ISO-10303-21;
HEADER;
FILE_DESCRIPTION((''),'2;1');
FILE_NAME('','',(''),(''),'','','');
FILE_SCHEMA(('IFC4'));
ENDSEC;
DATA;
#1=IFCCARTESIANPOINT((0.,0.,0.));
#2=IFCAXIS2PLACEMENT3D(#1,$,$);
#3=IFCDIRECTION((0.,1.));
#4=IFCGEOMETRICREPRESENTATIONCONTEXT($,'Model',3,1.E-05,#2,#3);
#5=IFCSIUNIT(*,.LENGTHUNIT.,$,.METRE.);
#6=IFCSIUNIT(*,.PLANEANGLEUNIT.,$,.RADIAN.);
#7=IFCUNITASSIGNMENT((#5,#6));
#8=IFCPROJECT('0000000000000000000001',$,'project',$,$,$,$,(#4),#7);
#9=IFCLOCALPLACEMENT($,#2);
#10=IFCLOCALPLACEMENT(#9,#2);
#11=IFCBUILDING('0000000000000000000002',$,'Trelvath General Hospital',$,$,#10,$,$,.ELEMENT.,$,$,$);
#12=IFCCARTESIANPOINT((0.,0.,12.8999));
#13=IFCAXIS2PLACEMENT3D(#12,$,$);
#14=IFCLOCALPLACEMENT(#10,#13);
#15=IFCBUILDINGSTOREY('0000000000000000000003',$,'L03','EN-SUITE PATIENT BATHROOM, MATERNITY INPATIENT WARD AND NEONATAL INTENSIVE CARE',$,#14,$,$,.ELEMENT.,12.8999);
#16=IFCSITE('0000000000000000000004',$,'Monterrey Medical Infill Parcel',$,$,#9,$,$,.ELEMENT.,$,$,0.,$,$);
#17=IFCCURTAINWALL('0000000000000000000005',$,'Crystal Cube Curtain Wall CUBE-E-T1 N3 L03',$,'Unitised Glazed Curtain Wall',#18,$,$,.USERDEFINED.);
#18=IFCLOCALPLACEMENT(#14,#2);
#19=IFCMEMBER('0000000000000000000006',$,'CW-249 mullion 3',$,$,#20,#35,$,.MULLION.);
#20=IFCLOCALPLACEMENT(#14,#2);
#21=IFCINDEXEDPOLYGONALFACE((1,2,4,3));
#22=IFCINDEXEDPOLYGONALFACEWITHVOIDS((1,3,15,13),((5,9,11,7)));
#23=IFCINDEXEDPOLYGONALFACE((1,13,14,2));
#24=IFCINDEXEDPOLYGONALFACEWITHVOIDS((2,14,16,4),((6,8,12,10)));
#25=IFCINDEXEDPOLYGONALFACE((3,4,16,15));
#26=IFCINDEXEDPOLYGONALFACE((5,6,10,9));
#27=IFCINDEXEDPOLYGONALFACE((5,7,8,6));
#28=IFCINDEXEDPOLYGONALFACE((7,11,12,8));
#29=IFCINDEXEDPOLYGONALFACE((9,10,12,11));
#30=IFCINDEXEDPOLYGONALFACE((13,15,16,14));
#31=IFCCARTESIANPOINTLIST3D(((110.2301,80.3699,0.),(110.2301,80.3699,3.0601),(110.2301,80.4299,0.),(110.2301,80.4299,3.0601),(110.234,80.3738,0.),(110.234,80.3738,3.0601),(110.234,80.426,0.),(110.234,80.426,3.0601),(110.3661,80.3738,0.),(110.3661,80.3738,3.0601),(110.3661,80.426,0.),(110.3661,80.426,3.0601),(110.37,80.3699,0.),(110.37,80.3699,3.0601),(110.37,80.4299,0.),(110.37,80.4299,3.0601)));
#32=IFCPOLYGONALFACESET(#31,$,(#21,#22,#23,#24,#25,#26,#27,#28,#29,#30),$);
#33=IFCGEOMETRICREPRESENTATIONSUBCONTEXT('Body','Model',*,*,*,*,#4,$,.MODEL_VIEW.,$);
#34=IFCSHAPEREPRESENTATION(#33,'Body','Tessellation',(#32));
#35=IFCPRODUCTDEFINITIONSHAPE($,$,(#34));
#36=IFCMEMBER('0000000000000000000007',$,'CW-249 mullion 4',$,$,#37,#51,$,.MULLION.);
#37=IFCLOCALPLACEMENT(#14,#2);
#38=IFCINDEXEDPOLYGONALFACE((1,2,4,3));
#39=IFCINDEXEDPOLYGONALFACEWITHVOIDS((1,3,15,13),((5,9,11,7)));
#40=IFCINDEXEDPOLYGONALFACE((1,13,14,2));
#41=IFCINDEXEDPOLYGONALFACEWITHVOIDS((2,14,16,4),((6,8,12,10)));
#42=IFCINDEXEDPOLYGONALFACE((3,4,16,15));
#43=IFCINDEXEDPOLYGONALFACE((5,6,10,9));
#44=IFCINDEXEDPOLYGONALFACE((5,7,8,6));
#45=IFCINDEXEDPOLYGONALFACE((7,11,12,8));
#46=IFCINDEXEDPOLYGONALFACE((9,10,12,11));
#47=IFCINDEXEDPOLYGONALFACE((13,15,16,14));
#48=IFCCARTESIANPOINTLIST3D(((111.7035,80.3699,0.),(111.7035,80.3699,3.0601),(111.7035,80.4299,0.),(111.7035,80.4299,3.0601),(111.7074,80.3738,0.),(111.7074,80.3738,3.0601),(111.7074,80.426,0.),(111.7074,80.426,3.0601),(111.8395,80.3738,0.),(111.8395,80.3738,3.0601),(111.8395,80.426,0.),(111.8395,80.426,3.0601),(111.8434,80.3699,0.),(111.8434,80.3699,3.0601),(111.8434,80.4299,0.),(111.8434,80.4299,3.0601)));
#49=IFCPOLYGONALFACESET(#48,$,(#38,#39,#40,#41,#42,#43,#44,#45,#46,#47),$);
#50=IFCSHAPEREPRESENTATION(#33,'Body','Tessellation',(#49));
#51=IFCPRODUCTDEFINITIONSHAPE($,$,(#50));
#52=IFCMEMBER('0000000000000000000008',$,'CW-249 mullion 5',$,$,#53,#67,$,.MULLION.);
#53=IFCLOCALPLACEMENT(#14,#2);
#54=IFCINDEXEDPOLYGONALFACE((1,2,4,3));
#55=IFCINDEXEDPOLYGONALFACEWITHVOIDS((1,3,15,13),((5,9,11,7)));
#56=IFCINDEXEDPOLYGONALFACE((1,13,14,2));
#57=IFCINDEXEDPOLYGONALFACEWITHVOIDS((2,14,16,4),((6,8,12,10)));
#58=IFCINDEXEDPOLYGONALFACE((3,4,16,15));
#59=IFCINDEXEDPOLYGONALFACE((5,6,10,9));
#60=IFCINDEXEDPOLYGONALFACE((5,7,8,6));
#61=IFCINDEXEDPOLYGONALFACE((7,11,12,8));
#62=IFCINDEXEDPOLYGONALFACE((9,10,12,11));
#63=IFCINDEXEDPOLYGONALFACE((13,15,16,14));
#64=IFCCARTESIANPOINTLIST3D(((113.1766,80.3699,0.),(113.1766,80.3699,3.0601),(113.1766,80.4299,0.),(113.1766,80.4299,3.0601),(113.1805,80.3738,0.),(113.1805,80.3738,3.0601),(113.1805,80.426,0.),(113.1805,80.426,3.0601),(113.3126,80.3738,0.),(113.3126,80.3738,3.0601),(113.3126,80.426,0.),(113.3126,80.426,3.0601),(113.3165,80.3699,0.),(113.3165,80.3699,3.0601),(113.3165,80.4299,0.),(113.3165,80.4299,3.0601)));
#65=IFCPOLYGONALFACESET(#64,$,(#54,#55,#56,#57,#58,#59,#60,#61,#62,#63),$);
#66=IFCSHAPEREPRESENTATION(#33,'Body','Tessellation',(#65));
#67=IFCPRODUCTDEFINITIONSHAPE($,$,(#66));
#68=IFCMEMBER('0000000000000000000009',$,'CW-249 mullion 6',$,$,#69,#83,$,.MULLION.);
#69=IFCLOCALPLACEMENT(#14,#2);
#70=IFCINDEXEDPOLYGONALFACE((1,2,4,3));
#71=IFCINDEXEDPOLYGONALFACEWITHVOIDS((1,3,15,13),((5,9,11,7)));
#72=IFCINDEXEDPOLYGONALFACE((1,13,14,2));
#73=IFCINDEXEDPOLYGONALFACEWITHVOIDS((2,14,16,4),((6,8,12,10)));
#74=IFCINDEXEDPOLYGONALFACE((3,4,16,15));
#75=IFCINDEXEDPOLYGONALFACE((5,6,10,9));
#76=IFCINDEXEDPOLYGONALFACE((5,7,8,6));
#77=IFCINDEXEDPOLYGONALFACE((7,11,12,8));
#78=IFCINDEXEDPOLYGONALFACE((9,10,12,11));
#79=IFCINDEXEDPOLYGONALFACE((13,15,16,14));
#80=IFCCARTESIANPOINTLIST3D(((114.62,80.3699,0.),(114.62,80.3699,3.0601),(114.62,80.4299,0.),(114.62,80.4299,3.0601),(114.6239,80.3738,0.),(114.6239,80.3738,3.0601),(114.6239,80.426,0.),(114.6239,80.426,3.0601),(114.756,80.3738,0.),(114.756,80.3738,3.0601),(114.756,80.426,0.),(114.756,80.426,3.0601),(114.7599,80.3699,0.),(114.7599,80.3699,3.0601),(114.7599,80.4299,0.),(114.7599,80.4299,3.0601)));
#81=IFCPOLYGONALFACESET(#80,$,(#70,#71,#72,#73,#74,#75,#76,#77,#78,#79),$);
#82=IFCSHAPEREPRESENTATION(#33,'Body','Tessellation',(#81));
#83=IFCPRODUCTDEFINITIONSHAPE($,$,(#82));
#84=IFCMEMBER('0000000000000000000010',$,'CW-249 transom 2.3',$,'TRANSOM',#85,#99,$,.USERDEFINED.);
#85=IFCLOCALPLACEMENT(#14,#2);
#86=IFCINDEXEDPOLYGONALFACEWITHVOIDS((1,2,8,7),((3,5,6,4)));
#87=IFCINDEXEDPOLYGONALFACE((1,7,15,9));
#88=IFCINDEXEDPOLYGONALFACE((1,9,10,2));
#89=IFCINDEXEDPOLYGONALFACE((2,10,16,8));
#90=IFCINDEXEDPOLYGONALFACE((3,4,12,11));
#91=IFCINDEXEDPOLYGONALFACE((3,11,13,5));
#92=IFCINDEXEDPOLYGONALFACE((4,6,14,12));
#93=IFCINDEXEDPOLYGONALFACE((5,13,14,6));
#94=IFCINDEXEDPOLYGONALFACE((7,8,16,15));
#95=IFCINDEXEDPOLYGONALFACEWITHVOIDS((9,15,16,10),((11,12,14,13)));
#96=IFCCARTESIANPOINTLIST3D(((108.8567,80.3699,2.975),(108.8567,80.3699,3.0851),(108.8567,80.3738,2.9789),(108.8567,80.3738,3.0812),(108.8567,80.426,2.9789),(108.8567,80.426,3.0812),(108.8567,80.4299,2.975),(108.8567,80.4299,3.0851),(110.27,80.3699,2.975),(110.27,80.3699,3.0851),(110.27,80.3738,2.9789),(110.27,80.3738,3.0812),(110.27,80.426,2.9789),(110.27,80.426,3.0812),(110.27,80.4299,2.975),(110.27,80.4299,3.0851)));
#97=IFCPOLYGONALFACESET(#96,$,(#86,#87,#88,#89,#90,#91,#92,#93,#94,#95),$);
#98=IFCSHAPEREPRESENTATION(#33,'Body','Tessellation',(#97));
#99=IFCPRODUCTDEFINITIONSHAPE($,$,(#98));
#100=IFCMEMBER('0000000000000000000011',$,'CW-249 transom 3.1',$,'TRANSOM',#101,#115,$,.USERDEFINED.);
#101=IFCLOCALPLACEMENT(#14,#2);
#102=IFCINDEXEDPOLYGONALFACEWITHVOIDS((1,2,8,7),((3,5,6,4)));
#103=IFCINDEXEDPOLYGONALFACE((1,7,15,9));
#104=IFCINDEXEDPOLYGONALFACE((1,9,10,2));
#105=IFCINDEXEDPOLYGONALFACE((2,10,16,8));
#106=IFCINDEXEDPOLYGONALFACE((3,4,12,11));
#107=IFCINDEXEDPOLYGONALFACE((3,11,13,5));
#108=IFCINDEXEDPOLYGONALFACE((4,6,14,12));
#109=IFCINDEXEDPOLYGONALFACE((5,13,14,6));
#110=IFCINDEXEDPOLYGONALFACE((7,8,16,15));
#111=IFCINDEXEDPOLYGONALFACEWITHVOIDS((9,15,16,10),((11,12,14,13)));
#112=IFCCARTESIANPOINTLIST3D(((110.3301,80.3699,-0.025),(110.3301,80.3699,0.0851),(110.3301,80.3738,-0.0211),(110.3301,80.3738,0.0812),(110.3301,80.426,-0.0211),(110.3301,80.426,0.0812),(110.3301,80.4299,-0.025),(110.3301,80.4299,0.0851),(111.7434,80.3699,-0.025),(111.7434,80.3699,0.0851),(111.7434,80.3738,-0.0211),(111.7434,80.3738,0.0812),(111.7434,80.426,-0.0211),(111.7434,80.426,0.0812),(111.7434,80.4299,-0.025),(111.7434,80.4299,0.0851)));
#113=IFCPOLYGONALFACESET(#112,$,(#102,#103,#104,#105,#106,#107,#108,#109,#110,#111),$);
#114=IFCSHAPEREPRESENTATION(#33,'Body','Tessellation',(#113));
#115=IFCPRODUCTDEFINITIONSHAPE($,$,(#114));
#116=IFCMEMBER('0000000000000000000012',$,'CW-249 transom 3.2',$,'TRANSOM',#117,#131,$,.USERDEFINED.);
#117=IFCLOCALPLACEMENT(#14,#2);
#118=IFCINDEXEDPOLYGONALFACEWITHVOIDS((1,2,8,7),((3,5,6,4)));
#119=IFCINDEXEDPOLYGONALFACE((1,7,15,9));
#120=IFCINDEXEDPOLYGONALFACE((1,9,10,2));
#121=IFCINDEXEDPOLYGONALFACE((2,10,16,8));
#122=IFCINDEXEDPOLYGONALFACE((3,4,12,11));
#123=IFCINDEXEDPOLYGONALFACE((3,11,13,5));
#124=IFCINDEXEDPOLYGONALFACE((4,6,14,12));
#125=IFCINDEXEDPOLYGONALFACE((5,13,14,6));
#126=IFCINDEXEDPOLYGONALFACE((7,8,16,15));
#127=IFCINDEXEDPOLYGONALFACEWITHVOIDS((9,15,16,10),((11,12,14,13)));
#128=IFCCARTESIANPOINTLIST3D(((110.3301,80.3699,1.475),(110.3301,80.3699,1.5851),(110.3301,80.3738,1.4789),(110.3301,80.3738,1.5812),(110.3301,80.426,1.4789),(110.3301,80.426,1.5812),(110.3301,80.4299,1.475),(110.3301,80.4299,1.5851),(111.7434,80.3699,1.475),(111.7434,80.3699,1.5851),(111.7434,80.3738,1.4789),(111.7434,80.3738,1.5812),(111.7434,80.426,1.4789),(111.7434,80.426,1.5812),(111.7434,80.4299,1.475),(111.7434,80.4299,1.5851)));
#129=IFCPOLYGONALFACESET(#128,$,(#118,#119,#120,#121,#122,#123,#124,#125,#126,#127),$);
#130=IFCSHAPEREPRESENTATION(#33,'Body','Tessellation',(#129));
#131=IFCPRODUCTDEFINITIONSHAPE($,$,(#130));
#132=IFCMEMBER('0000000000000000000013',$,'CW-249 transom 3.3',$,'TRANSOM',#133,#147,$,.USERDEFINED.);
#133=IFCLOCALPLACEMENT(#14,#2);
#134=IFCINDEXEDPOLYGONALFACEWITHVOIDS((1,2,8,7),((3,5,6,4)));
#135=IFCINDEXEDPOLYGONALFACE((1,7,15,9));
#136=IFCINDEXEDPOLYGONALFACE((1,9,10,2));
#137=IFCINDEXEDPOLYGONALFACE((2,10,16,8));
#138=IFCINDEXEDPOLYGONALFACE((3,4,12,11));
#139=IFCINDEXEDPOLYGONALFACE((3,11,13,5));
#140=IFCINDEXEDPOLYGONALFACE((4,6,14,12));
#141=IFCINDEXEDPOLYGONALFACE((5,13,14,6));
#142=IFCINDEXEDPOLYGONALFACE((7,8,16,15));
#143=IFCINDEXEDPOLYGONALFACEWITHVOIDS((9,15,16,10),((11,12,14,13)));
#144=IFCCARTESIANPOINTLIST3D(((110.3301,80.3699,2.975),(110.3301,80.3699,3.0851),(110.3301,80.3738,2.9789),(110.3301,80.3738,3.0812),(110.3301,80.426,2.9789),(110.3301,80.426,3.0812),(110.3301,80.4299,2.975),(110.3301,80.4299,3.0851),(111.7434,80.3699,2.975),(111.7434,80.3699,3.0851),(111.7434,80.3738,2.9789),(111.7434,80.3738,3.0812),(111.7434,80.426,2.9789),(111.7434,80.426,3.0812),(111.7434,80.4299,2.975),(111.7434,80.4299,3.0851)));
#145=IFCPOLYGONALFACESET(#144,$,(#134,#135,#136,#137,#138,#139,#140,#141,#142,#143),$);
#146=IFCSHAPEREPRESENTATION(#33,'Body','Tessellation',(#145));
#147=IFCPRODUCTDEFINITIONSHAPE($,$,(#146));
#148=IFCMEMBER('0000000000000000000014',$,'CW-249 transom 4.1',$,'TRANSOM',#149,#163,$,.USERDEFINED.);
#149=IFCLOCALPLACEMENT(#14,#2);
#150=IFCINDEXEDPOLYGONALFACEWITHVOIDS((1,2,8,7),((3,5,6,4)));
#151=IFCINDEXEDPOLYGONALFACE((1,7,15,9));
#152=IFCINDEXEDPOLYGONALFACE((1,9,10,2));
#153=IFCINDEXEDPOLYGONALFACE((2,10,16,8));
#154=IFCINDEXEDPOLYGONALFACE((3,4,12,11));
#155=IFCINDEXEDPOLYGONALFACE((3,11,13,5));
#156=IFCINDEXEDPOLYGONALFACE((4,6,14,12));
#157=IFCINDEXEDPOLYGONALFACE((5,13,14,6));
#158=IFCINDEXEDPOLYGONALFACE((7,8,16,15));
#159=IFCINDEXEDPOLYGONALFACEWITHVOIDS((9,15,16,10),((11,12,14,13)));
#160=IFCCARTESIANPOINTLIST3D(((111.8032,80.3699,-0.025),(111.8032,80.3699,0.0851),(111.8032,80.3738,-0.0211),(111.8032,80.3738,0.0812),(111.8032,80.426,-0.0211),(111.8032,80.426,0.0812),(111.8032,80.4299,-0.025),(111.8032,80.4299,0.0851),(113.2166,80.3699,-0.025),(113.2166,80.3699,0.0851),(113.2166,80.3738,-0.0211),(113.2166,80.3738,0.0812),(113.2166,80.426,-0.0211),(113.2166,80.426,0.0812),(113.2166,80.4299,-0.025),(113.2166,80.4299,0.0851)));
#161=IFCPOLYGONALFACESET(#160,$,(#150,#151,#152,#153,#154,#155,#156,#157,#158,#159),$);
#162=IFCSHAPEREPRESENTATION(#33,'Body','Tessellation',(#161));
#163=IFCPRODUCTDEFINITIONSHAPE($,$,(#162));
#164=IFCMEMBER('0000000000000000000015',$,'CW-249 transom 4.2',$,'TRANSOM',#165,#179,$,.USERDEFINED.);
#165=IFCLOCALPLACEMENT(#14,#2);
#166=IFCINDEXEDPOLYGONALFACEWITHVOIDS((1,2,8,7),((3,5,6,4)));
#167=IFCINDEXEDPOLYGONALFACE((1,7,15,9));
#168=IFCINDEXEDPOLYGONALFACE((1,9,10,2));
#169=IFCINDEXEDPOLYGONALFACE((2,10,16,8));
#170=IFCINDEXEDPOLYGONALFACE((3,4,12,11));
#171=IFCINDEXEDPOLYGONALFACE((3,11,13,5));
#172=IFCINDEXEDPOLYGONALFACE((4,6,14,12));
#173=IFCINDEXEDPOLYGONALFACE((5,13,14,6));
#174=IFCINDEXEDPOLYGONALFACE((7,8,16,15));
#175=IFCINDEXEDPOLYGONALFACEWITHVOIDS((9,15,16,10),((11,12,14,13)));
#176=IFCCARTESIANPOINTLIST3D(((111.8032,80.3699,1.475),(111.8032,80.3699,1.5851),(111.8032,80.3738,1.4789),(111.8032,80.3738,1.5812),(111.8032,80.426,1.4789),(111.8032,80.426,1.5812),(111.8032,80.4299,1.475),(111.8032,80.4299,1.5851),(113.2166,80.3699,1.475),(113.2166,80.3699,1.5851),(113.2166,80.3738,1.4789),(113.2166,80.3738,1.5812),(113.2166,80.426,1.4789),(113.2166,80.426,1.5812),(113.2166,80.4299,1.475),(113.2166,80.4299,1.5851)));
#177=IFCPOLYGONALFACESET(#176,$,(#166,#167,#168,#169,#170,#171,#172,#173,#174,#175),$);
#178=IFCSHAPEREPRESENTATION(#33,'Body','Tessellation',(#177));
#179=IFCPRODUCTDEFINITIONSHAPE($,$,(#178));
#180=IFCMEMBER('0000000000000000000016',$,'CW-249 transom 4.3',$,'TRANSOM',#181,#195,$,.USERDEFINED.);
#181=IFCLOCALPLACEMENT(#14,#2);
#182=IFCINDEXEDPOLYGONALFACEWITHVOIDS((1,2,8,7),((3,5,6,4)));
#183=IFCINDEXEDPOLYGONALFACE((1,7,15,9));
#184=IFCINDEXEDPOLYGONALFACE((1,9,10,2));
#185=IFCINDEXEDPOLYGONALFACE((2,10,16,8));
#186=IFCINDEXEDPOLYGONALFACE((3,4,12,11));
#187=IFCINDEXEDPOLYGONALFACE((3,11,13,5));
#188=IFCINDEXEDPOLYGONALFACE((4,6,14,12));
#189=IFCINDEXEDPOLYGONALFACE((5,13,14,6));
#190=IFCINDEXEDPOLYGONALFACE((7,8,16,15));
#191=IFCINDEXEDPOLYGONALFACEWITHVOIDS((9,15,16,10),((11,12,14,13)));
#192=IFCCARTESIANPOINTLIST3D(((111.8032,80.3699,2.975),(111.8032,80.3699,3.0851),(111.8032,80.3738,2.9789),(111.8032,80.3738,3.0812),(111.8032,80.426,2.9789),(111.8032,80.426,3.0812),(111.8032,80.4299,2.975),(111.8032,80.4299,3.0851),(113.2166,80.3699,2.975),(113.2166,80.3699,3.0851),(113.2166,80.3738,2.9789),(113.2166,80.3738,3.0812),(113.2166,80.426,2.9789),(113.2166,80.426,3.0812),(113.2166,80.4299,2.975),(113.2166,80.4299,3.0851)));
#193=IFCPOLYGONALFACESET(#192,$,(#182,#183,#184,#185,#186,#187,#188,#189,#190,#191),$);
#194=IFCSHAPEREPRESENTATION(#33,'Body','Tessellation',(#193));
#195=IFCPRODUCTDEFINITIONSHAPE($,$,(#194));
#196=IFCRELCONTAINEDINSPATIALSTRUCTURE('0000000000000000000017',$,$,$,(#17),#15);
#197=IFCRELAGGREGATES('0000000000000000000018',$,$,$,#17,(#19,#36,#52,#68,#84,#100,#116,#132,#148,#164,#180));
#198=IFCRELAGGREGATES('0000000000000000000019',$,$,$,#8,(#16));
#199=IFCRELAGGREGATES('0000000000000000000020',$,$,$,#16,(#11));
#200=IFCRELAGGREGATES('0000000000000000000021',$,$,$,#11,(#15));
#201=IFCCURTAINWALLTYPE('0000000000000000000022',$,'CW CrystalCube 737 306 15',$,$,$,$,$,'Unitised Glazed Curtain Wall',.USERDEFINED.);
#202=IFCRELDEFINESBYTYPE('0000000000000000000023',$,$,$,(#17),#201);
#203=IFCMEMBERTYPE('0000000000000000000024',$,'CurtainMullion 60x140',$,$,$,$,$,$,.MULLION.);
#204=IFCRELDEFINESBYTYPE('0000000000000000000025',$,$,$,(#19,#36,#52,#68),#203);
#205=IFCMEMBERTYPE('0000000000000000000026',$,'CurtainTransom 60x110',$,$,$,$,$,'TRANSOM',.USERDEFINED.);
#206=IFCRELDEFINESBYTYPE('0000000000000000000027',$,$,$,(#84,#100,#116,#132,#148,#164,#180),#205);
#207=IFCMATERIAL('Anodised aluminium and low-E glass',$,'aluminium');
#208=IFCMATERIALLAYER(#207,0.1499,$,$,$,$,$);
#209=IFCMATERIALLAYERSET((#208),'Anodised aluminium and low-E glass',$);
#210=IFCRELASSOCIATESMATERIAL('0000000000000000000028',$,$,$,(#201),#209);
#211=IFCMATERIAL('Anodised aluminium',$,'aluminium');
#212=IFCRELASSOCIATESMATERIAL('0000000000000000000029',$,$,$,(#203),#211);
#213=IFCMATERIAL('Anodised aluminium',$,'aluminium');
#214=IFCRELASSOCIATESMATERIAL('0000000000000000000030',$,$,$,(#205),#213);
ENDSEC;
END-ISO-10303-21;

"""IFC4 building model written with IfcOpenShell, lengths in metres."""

from ifc_helpers import new_model, si_unit, direction, frame, origin, origin_2d, place, context, subcontext, project, spatial, hollow_rectangle, extrude, material, layer, layer_set, material_profile, profile_set, type_object, element, aggregate, save


model = new_model("IFC4")

# Units and contexts
model_context = context("Model", 3, precision=1e-05, world=origin(), true_north=direction((0.0, 1.0)))
body_context = subcontext(model_context, "Body", "Model", "MODEL_VIEW")
ifc_project = project(units=[si_unit("LENGTHUNIT", "METRE"), si_unit("PLANEANGLEUNIT", "RADIAN")], contexts=[model_context])

# Site, building, storey
site_placement = place(None, origin())
site = spatial("IfcSite", under=ifc_project, at=site_placement, Name="Monterrey Medical Infill Parcel", CompositionType="ELEMENT", RefElevation=0.0)
building_placement = place(site_placement, origin())
building = spatial("IfcBuilding", under=site, at=building_placement, Name="Trelvath General Hospital", CompositionType="ELEMENT")
storey_placement = place(building_placement, frame((0.0, 0.0, 12.8999)))
storey = spatial("IfcBuildingStorey", under=building, at=storey_placement, Name="L03", Description="EN-SUITE PATIENT BATHROOM, MATERNITY INPATIENT WARD AND NEONATAL INTENSIVE CARE", CompositionType="ELEMENT", Elevation=12.8999)

# Curtain wall, members
ifc_material_1 = material(Name="Anodised aluminium and low-E glass", Category="aluminium")
ifc_layer_1 = layer(ifc_material_1, 0.1499)
ifc_layer_set_1 = layer_set([ifc_layer_1], Name="Anodised aluminium and low-E glass")
curtain_wall_type = type_object("IfcCurtainWallType", Name="CW CrystalCube 737 306 15", ElementType="Unitised Glazed Curtain Wall", PredefinedType="USERDEFINED", material=ifc_layer_set_1)
curtain_wall_placement = place(storey_placement, origin())
curtain_wall = element("IfcCurtainWall", 1, at=curtain_wall_placement, inside=storey, type_object=curtain_wall_type, Name="Crystal Cube Curtain Wall CUBE-E-T1 N3 L03", ObjectType="Unitised Glazed Curtain Wall", PredefinedType="USERDEFINED")
ifc_material_2 = material(Name="Anodised aluminium", Category="aluminium")
ifc_material_profile_1 = material_profile(ifc_material_2, hollow_rectangle(XDim=0.0601, YDim=0.1399, WallThickness=0.0039, at=origin_2d()), Name="RHS60x140x4")
ifc_profile_set_1 = profile_set([ifc_material_profile_1], Name="Anodised aluminium")
member_type_1 = type_object("IfcMemberType", Name="CurtainMullion 60x140", PredefinedType="MULLION", material=ifc_profile_set_1)
member_1_placement = place(storey_placement, frame((110.3, 80.3999, 0.0), z_axis=(0.0, 0.0, 1.0), x_axis=(0.0, 1.0, 0.0)))
member_1 = element("IfcMember", 2, at=member_1_placement, type_object=member_type_1, Name="CW-249 mullion 3", PredefinedType="MULLION", context=body_context, shape_type="SweptSolid", body=[
    extrude(hollow_rectangle(XDim=0.0601, YDim=0.1399, WallThickness=0.0039, at=origin_2d()), origin(), (0.0, 0.0, 1.0), 3.0601),
])
member_2_placement = place(storey_placement, frame((111.7734, 80.3999, 0.0), z_axis=(0.0, 0.0, 1.0), x_axis=(0.0, 1.0, 0.0)))
member_2 = element("IfcMember", 3, at=member_2_placement, type_object=member_type_1, Name="CW-249 mullion 4", PredefinedType="MULLION", context=body_context, shape_type="SweptSolid", body=[
    extrude(hollow_rectangle(XDim=0.0601, YDim=0.1399, WallThickness=0.0039, at=origin_2d()), origin(), (0.0, 0.0, 1.0), 3.0601),
])
member_3_placement = place(storey_placement, frame((113.2466, 80.3999, 0.0), z_axis=(0.0, 0.0, 1.0), x_axis=(0.0, 1.0, 0.0)))
member_3 = element("IfcMember", 4, at=member_3_placement, type_object=member_type_1, Name="CW-249 mullion 5", PredefinedType="MULLION", context=body_context, shape_type="SweptSolid", body=[
    extrude(hollow_rectangle(XDim=0.0601, YDim=0.1399, WallThickness=0.0039, at=origin_2d()), origin(), (0.0, 0.0, 1.0), 3.0601),
])
member_4_placement = place(storey_placement, frame((114.6899, 80.3999, 0.0), z_axis=(0.0, 0.0, 1.0), x_axis=(0.0, 1.0, 0.0)))
member_4 = element("IfcMember", 5, at=member_4_placement, type_object=member_type_1, Name="CW-249 mullion 6", PredefinedType="MULLION", context=body_context, shape_type="SweptSolid", body=[
    extrude(hollow_rectangle(XDim=0.0601, YDim=0.1399, WallThickness=0.0039, at=origin_2d()), origin(), (0.0, 0.0, 1.0), 3.0601),
])
ifc_material_3 = material(Name="Anodised aluminium", Category="aluminium")
ifc_material_profile_2 = material_profile(ifc_material_3, hollow_rectangle(XDim=0.0601, YDim=0.1101, WallThickness=0.0039, at=origin_2d()), Name="RHS60x110x4")
ifc_profile_set_2 = profile_set([ifc_material_profile_2], Name="Anodised aluminium")
member_type_2 = type_object("IfcMemberType", Name="CurtainTransom 60x110", ElementType="TRANSOM", PredefinedType="USERDEFINED", material=ifc_profile_set_2)
member_5_placement = place(storey_placement, frame((108.8567, 80.3999, 3.03), z_axis=(1.0, 0.0, 0.0), x_axis=(0.0, 1.0, 0.0)))
member_5 = element("IfcMember", 6, at=member_5_placement, type_object=member_type_2, Name="CW-249 transom 2.3", ObjectType="TRANSOM", PredefinedType="USERDEFINED", context=body_context, shape_type="SweptSolid", body=[
    extrude(hollow_rectangle(XDim=0.0601, YDim=0.1101, WallThickness=0.0039, at=origin_2d()), origin(), (0.0, 0.0, 1.0), 1.4133),
])
member_6_placement = place(storey_placement, frame((110.3301, 80.3999, 0.03), z_axis=(1.0, 0.0, 0.0), x_axis=(0.0, 1.0, 0.0)))
member_6 = element("IfcMember", 7, at=member_6_placement, type_object=member_type_2, Name="CW-249 transom 3.1", ObjectType="TRANSOM", PredefinedType="USERDEFINED", context=body_context, shape_type="SweptSolid", body=[
    extrude(hollow_rectangle(XDim=0.0601, YDim=0.1101, WallThickness=0.0039, at=origin_2d()), origin(), (0.0, 0.0, 1.0), 1.4133),
])
member_7_placement = place(storey_placement, frame((110.3301, 80.3999, 1.53), z_axis=(1.0, 0.0, 0.0), x_axis=(0.0, 1.0, 0.0)))
member_7 = element("IfcMember", 8, at=member_7_placement, type_object=member_type_2, Name="CW-249 transom 3.2", ObjectType="TRANSOM", PredefinedType="USERDEFINED", context=body_context, shape_type="SweptSolid", body=[
    extrude(hollow_rectangle(XDim=0.0601, YDim=0.1101, WallThickness=0.0039, at=origin_2d()), origin(), (0.0, 0.0, 1.0), 1.4133),
])
member_8_placement = place(storey_placement, frame((110.3301, 80.3999, 3.03), z_axis=(1.0, 0.0, 0.0), x_axis=(0.0, 1.0, 0.0)))
member_8 = element("IfcMember", 9, at=member_8_placement, type_object=member_type_2, Name="CW-249 transom 3.3", ObjectType="TRANSOM", PredefinedType="USERDEFINED", context=body_context, shape_type="SweptSolid", body=[
    extrude(hollow_rectangle(XDim=0.0601, YDim=0.1101, WallThickness=0.0039, at=origin_2d()), origin(), (0.0, 0.0, 1.0), 1.4133),
])
member_9_placement = place(storey_placement, frame((111.8032, 80.3999, 0.03), z_axis=(1.0, 0.0, 0.0), x_axis=(0.0, 1.0, 0.0)))
member_9 = element("IfcMember", 10, at=member_9_placement, type_object=member_type_2, Name="CW-249 transom 4.1", ObjectType="TRANSOM", PredefinedType="USERDEFINED", context=body_context, shape_type="SweptSolid", body=[
    extrude(hollow_rectangle(XDim=0.0601, YDim=0.1101, WallThickness=0.0039, at=origin_2d()), origin(), (0.0, 0.0, 1.0), 1.4133),
])
member_10_placement = place(storey_placement, frame((111.8032, 80.3999, 1.53), z_axis=(1.0, 0.0, 0.0), x_axis=(0.0, 1.0, 0.0)))
member_10 = element("IfcMember", 11, at=member_10_placement, type_object=member_type_2, Name="CW-249 transom 4.2", ObjectType="TRANSOM", PredefinedType="USERDEFINED", context=body_context, shape_type="SweptSolid", body=[
    extrude(hollow_rectangle(XDim=0.0601, YDim=0.1101, WallThickness=0.0039, at=origin_2d()), origin(), (0.0, 0.0, 1.0), 1.4133),
])
member_11_placement = place(storey_placement, frame((111.8032, 80.3999, 3.03), z_axis=(1.0, 0.0, 0.0), x_axis=(0.0, 1.0, 0.0)))
member_11 = element("IfcMember", 12, at=member_11_placement, type_object=member_type_2, Name="CW-249 transom 4.3", ObjectType="TRANSOM", PredefinedType="USERDEFINED", context=body_context, shape_type="SweptSolid", body=[
    extrude(hollow_rectangle(XDim=0.0601, YDim=0.1101, WallThickness=0.0039, at=origin_2d()), origin(), (0.0, 0.0, 1.0), 1.4133),
])
aggregate(curtain_wall, [member_1, member_2, member_3, member_4, member_5, member_6, member_7, member_8, member_9, member_10, member_11])

save(model, "model.ifc")
